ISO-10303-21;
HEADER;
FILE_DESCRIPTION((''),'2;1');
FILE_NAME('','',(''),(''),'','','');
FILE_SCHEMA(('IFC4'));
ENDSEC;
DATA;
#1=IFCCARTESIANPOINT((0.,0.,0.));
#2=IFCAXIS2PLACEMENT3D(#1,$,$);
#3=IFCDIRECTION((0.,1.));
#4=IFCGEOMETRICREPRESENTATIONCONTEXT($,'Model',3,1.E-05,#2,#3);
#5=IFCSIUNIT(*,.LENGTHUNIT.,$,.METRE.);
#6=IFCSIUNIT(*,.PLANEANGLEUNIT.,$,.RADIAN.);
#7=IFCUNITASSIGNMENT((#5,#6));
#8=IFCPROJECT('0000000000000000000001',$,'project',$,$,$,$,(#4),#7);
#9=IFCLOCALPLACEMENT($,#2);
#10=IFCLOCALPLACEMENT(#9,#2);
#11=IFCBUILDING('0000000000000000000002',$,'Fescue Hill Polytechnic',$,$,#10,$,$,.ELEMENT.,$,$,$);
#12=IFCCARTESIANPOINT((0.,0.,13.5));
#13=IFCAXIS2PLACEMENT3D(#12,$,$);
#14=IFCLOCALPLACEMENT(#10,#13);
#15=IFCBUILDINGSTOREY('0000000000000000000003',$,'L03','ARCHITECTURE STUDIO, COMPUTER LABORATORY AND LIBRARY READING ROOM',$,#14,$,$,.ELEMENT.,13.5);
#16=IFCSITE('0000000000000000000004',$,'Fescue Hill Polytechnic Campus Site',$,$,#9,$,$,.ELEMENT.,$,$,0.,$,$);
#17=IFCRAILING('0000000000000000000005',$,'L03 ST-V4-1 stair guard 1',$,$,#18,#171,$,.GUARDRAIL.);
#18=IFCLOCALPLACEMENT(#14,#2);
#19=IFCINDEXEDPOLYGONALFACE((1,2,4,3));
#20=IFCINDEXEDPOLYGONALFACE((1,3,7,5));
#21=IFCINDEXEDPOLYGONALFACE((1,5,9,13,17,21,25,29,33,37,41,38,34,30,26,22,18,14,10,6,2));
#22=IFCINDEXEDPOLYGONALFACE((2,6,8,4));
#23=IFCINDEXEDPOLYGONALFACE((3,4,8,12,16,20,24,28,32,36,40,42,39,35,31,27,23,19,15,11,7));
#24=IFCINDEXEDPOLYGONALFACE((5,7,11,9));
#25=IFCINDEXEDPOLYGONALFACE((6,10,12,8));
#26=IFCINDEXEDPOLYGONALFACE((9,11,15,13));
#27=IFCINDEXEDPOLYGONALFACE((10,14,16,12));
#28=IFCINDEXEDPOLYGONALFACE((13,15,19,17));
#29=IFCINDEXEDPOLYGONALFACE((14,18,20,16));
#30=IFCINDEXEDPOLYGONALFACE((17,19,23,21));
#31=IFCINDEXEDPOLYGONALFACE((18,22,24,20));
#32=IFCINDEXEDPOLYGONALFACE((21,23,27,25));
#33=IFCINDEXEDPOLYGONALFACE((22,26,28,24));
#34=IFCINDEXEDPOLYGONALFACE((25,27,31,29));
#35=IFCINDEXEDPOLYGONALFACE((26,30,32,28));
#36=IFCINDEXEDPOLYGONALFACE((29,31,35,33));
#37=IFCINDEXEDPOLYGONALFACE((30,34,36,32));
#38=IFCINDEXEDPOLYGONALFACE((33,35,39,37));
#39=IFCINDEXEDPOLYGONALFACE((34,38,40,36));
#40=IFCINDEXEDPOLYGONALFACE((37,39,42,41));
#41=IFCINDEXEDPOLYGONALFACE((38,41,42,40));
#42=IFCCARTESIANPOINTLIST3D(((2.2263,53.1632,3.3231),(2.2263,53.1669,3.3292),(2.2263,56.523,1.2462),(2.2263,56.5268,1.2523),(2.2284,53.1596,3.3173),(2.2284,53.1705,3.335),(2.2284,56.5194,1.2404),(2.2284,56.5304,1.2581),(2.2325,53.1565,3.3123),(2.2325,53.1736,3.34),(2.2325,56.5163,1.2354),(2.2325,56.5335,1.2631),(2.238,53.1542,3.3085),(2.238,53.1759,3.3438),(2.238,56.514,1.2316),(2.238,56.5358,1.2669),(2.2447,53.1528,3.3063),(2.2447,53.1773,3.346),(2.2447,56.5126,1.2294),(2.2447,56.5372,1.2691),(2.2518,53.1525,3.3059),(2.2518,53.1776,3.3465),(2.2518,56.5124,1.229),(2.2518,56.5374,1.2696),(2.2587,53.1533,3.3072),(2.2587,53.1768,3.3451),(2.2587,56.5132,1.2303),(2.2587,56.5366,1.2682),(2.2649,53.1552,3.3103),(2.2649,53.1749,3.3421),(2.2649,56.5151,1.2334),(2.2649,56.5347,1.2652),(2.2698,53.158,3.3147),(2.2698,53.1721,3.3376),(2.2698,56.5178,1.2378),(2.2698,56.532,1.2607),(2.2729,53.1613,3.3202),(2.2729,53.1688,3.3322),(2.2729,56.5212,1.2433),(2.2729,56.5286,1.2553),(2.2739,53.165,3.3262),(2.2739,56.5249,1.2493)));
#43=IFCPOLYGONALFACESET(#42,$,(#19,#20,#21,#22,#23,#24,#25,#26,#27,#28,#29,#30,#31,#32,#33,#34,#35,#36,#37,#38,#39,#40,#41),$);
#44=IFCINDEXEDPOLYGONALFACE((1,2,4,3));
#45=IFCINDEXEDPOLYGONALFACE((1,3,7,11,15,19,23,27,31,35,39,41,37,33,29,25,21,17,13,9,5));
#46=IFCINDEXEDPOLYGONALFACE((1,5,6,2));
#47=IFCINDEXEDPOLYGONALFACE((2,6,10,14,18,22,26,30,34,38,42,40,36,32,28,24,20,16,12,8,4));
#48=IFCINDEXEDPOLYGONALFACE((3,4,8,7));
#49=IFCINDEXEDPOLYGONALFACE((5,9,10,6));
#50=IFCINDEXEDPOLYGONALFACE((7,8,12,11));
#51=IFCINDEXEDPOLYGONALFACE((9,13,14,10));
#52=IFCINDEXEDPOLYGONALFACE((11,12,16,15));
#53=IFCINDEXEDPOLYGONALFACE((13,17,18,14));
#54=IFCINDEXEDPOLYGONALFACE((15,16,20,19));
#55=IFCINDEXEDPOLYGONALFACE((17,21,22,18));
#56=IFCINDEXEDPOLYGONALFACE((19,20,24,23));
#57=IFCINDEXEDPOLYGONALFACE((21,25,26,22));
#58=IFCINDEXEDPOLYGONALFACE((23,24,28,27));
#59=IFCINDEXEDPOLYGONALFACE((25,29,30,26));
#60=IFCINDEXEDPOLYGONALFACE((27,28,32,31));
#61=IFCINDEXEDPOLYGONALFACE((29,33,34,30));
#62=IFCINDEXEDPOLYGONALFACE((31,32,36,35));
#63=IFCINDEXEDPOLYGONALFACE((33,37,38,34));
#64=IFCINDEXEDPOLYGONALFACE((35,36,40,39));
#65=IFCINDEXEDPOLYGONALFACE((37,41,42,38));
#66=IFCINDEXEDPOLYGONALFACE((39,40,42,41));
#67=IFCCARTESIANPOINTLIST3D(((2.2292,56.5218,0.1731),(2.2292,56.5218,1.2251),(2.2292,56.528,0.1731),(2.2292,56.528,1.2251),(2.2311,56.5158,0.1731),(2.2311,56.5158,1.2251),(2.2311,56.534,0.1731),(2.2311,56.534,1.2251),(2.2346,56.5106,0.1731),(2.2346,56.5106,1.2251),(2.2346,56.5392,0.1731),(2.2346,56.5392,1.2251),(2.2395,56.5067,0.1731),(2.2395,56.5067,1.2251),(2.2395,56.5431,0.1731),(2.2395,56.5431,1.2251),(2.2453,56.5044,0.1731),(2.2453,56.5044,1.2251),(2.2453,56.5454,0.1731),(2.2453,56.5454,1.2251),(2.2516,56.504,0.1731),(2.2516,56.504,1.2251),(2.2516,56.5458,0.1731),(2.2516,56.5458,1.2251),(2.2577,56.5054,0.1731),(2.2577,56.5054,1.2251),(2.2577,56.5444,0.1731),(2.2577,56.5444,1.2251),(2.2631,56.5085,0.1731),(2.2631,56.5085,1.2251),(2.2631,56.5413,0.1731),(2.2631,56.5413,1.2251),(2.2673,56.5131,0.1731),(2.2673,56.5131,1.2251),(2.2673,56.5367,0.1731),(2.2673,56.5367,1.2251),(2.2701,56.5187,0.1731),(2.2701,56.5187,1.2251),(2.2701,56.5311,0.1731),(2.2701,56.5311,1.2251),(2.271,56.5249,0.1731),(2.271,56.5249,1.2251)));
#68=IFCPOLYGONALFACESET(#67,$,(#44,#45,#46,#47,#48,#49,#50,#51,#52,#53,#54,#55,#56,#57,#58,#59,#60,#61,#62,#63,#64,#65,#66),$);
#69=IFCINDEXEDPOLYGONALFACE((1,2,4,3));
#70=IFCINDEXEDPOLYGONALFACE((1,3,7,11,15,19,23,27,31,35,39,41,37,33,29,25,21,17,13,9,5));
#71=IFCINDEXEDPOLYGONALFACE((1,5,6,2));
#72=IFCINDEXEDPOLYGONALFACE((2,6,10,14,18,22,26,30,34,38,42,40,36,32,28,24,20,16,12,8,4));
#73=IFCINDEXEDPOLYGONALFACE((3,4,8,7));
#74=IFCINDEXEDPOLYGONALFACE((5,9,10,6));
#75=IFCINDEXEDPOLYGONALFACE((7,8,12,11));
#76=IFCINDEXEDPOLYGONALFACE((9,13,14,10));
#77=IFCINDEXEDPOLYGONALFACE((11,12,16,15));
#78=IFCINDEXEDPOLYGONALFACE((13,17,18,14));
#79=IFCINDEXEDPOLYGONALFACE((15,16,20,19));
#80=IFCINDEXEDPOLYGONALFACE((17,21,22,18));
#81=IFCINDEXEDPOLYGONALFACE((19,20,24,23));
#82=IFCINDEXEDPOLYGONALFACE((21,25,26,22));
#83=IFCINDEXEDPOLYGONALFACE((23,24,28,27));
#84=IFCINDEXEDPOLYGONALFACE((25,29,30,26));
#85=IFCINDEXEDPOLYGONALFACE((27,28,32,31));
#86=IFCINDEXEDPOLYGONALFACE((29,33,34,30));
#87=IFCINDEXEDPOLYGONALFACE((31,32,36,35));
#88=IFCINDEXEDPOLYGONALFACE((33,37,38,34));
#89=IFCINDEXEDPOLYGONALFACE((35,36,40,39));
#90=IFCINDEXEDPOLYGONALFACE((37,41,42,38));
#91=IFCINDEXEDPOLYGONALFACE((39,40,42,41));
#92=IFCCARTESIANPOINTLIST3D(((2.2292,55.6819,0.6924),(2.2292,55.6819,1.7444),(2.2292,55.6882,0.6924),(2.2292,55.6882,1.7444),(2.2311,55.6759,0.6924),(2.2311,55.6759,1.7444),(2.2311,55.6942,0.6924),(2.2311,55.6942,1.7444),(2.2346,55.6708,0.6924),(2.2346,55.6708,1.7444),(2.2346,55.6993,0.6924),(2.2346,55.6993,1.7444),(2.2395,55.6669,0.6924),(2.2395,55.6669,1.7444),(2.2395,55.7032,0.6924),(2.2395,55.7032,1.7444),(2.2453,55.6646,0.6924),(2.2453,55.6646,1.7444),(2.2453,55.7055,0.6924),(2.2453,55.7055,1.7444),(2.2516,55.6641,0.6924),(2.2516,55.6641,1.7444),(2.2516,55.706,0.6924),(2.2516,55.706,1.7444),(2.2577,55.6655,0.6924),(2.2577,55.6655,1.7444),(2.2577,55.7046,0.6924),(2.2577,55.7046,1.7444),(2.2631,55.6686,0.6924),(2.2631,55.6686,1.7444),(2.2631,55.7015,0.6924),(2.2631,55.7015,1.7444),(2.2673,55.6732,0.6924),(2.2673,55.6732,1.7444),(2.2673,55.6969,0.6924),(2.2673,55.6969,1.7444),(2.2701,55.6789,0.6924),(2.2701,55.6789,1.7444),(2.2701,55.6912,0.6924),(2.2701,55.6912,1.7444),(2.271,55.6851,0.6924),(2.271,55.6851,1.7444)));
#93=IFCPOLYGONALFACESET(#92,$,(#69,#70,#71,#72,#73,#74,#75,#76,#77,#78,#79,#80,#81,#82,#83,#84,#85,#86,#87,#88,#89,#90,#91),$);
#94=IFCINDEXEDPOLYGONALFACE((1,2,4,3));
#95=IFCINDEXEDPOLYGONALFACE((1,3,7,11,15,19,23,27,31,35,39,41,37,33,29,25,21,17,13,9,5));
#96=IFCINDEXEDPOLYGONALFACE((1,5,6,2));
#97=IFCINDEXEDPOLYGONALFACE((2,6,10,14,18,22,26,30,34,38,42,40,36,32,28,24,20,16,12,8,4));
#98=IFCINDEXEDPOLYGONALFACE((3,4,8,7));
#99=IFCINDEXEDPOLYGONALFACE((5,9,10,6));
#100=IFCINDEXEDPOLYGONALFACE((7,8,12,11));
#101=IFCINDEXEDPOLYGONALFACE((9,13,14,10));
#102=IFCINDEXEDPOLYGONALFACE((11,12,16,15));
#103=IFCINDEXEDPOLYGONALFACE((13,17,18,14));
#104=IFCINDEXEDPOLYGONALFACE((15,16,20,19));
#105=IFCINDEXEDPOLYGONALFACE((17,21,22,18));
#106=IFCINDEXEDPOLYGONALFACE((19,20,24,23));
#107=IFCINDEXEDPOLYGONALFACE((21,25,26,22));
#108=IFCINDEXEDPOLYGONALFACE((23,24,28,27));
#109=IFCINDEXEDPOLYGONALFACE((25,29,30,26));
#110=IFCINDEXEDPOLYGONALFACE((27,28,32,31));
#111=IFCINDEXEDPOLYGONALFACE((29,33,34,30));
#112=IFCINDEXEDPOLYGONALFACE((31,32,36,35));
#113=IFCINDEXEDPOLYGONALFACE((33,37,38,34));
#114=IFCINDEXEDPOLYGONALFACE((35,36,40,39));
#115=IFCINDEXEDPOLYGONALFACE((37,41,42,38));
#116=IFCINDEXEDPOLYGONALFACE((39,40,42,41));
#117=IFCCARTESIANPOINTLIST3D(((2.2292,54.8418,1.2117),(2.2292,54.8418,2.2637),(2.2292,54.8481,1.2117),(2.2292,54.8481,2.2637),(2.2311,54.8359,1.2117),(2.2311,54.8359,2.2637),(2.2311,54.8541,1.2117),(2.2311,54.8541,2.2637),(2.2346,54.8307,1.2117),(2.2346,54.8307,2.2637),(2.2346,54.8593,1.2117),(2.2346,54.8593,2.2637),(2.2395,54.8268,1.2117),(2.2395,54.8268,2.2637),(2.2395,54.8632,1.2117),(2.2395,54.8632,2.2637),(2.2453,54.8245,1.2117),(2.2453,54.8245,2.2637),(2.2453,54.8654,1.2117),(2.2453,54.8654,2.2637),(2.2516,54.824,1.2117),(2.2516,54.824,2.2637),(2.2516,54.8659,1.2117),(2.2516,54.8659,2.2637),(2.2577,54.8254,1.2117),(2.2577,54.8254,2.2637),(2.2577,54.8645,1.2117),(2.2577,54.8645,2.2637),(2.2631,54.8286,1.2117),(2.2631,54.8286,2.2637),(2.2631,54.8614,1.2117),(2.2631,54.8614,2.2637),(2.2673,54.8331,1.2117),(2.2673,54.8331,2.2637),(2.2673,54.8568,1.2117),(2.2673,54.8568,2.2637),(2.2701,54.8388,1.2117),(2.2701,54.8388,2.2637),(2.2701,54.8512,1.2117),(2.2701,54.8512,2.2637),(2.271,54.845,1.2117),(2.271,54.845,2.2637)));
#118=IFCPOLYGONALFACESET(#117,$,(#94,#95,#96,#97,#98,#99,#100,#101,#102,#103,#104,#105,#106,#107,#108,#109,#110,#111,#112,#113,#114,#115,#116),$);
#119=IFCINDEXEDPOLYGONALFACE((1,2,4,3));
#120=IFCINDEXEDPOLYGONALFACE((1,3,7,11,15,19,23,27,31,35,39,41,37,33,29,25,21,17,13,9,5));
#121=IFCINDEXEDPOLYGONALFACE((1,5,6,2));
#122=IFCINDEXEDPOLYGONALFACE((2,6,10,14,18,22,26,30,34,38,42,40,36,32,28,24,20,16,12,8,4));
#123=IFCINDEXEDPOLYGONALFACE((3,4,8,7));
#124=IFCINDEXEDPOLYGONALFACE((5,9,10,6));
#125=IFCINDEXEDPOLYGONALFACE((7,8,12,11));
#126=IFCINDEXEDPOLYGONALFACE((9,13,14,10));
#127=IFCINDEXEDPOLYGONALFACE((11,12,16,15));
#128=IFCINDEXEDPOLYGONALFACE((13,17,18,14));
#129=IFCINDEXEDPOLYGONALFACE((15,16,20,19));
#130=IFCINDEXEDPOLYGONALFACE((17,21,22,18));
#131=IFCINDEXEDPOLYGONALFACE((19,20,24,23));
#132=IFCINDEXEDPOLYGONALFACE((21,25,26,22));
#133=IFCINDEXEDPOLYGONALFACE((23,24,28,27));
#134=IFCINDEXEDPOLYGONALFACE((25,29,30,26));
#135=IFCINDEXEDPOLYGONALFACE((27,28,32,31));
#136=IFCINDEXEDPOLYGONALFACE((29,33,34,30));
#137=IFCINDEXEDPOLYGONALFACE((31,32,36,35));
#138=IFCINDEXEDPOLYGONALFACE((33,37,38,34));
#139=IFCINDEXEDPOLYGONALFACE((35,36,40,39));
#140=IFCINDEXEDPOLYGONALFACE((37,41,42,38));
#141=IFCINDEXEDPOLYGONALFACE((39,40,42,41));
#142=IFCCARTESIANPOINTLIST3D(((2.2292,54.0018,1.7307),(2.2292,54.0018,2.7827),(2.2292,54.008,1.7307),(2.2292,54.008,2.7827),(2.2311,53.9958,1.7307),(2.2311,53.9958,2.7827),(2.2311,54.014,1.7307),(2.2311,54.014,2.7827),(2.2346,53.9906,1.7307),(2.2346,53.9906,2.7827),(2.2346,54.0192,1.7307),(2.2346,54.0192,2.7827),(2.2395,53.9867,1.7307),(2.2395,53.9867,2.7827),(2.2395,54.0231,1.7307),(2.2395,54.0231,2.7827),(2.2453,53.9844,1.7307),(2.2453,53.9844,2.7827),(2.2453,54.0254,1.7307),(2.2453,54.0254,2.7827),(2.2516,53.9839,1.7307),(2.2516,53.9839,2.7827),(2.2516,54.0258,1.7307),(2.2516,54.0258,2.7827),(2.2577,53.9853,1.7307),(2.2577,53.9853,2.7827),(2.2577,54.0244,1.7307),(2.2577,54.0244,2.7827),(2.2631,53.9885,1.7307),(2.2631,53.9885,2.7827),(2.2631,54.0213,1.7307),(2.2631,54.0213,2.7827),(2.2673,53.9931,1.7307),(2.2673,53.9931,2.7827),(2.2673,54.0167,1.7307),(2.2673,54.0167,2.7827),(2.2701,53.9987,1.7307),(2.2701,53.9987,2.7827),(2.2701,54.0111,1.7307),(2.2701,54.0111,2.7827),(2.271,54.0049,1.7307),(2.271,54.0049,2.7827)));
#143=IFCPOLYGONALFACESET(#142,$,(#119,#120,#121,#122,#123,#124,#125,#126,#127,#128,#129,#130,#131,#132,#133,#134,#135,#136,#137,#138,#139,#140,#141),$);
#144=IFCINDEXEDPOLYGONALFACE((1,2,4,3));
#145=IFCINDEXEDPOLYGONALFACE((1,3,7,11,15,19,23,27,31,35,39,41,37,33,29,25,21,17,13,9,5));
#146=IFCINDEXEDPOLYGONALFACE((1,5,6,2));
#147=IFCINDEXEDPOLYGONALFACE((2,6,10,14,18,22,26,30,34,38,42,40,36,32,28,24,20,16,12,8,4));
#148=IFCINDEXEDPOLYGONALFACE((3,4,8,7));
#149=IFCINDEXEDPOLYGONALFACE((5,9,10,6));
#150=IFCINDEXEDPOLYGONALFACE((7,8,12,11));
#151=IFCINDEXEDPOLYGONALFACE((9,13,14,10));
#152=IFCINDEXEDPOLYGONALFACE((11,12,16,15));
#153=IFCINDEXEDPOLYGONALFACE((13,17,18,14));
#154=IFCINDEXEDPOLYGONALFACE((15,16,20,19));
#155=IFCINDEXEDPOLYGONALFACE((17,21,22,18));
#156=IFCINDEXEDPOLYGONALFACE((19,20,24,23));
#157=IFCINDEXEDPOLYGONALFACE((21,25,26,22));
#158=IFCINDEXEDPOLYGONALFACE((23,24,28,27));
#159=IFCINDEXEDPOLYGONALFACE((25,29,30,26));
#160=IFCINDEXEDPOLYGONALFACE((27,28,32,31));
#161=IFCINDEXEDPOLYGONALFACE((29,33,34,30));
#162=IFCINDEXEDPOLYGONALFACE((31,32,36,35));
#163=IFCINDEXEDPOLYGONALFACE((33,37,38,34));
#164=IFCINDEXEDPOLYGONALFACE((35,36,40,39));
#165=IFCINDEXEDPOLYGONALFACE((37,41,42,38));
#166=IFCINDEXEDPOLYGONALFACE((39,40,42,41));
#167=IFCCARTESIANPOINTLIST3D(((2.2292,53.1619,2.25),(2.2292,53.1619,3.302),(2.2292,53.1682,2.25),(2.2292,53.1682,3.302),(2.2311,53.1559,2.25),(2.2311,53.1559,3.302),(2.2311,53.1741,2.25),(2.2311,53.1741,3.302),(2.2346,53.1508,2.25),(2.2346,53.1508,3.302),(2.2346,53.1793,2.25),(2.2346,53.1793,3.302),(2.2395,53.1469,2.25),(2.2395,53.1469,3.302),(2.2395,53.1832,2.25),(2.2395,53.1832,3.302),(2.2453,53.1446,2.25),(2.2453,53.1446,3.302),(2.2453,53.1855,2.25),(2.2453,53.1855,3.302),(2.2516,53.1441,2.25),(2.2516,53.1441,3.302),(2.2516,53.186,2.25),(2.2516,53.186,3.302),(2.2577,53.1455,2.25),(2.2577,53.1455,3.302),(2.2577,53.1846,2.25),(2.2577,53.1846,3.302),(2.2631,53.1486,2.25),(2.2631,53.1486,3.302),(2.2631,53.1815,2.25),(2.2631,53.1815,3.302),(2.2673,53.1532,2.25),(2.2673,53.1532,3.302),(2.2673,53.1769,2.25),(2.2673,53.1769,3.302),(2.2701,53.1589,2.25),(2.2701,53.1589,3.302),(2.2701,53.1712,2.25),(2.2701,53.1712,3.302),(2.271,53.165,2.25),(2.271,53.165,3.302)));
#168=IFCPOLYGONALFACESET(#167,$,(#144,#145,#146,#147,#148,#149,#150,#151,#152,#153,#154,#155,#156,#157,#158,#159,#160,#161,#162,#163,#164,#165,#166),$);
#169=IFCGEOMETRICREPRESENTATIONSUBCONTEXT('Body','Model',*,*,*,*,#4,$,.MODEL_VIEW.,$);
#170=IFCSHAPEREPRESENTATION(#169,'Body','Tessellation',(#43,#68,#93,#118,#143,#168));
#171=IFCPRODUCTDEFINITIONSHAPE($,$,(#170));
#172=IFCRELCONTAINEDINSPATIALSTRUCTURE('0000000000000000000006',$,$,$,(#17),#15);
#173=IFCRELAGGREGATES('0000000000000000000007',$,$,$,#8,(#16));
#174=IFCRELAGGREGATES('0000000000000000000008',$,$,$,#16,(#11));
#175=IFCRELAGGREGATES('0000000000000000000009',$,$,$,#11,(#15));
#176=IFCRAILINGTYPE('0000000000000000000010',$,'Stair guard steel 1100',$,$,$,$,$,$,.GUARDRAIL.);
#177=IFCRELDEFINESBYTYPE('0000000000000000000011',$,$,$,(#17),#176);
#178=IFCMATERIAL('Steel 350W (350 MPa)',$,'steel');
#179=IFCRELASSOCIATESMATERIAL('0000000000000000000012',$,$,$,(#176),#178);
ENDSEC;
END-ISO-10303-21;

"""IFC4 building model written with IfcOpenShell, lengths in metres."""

from ifc_helpers import new_model, si_unit, direction, frame, origin, origin_2d, place, context, subcontext, project, spatial, circle, extrude, material, type_object, element, save


model = new_model("IFC4")

# Units and contexts
model_context = context("Model", 3, precision=1e-05, world=origin(), true_north=direction((0.0, 1.0)))
body_context = subcontext(model_context, "Body", "Model", "MODEL_VIEW")
ifc_project = project(units=[si_unit("LENGTHUNIT", "METRE"), si_unit("PLANEANGLEUNIT", "RADIAN")], contexts=[model_context])

# Site, building, storey
site_placement = place(None, origin())
site = spatial("IfcSite", under=ifc_project, at=site_placement, Name="Fescue Hill Polytechnic Campus Site", CompositionType="ELEMENT", RefElevation=0.0)
building_placement = place(site_placement, origin())
building = spatial("IfcBuilding", under=site, at=building_placement, Name="Fescue Hill Polytechnic", CompositionType="ELEMENT")
storey_placement = place(building_placement, frame((0.0, 0.0, 13.5)))
storey = spatial("IfcBuildingStorey", under=building, at=storey_placement, Name="L03", Description="ARCHITECTURE STUDIO, COMPUTER LABORATORY AND LIBRARY READING ROOM", CompositionType="ELEMENT", Elevation=13.5)

# Railing
ifc_material_1 = material(Name="Steel 350W (350 MPa)", Category="steel")
railing_type_1 = type_object("IfcRailingType", Name="Stair guard steel 1100", PredefinedType="GUARDRAIL", material=ifc_material_1)
railing_placement = place(storey_placement, frame((2.25, 56.5249, 0.1731)))
element("IfcRailing", 1, at=railing_placement, inside=storey, type_object=railing_type_1, Name="L03 ST-V4-1 stair guard 1", PredefinedType="GUARDRAIL", context=body_context, shape_type="SweptSolid", body=[
    extrude(circle(Radius=0.0239, at=origin_2d()), frame((0.0, 0.0, 1.0762), z_axis=(0.0, -0.850606, 0.525803), x_axis=(1.0, 0.0, 0.0)), (0.0, 0.0, 1.0), 3.95),
    extrude(circle(Radius=0.021, at=origin_2d()), origin(), (0.0, 0.0, 1.0), 1.052),
    extrude(circle(Radius=0.021, at=origin_2d()), frame((0.0, -0.8398, 0.5193)), (0.0, 0.0, 1.0), 1.052),
    extrude(circle(Radius=0.021, at=origin_2d()), frame((0.0, -1.6799, 1.0386)), (0.0, 0.0, 1.0), 1.052),
    extrude(circle(Radius=0.021, at=origin_2d()), frame((0.0, -2.52, 1.5576)), (0.0, 0.0, 1.0), 1.052),
    extrude(circle(Radius=0.021, at=origin_2d()), frame((0.0, -3.3599, 2.0769)), (0.0, 0.0, 1.0), 1.052),
])

save(model, "model.ifc")
